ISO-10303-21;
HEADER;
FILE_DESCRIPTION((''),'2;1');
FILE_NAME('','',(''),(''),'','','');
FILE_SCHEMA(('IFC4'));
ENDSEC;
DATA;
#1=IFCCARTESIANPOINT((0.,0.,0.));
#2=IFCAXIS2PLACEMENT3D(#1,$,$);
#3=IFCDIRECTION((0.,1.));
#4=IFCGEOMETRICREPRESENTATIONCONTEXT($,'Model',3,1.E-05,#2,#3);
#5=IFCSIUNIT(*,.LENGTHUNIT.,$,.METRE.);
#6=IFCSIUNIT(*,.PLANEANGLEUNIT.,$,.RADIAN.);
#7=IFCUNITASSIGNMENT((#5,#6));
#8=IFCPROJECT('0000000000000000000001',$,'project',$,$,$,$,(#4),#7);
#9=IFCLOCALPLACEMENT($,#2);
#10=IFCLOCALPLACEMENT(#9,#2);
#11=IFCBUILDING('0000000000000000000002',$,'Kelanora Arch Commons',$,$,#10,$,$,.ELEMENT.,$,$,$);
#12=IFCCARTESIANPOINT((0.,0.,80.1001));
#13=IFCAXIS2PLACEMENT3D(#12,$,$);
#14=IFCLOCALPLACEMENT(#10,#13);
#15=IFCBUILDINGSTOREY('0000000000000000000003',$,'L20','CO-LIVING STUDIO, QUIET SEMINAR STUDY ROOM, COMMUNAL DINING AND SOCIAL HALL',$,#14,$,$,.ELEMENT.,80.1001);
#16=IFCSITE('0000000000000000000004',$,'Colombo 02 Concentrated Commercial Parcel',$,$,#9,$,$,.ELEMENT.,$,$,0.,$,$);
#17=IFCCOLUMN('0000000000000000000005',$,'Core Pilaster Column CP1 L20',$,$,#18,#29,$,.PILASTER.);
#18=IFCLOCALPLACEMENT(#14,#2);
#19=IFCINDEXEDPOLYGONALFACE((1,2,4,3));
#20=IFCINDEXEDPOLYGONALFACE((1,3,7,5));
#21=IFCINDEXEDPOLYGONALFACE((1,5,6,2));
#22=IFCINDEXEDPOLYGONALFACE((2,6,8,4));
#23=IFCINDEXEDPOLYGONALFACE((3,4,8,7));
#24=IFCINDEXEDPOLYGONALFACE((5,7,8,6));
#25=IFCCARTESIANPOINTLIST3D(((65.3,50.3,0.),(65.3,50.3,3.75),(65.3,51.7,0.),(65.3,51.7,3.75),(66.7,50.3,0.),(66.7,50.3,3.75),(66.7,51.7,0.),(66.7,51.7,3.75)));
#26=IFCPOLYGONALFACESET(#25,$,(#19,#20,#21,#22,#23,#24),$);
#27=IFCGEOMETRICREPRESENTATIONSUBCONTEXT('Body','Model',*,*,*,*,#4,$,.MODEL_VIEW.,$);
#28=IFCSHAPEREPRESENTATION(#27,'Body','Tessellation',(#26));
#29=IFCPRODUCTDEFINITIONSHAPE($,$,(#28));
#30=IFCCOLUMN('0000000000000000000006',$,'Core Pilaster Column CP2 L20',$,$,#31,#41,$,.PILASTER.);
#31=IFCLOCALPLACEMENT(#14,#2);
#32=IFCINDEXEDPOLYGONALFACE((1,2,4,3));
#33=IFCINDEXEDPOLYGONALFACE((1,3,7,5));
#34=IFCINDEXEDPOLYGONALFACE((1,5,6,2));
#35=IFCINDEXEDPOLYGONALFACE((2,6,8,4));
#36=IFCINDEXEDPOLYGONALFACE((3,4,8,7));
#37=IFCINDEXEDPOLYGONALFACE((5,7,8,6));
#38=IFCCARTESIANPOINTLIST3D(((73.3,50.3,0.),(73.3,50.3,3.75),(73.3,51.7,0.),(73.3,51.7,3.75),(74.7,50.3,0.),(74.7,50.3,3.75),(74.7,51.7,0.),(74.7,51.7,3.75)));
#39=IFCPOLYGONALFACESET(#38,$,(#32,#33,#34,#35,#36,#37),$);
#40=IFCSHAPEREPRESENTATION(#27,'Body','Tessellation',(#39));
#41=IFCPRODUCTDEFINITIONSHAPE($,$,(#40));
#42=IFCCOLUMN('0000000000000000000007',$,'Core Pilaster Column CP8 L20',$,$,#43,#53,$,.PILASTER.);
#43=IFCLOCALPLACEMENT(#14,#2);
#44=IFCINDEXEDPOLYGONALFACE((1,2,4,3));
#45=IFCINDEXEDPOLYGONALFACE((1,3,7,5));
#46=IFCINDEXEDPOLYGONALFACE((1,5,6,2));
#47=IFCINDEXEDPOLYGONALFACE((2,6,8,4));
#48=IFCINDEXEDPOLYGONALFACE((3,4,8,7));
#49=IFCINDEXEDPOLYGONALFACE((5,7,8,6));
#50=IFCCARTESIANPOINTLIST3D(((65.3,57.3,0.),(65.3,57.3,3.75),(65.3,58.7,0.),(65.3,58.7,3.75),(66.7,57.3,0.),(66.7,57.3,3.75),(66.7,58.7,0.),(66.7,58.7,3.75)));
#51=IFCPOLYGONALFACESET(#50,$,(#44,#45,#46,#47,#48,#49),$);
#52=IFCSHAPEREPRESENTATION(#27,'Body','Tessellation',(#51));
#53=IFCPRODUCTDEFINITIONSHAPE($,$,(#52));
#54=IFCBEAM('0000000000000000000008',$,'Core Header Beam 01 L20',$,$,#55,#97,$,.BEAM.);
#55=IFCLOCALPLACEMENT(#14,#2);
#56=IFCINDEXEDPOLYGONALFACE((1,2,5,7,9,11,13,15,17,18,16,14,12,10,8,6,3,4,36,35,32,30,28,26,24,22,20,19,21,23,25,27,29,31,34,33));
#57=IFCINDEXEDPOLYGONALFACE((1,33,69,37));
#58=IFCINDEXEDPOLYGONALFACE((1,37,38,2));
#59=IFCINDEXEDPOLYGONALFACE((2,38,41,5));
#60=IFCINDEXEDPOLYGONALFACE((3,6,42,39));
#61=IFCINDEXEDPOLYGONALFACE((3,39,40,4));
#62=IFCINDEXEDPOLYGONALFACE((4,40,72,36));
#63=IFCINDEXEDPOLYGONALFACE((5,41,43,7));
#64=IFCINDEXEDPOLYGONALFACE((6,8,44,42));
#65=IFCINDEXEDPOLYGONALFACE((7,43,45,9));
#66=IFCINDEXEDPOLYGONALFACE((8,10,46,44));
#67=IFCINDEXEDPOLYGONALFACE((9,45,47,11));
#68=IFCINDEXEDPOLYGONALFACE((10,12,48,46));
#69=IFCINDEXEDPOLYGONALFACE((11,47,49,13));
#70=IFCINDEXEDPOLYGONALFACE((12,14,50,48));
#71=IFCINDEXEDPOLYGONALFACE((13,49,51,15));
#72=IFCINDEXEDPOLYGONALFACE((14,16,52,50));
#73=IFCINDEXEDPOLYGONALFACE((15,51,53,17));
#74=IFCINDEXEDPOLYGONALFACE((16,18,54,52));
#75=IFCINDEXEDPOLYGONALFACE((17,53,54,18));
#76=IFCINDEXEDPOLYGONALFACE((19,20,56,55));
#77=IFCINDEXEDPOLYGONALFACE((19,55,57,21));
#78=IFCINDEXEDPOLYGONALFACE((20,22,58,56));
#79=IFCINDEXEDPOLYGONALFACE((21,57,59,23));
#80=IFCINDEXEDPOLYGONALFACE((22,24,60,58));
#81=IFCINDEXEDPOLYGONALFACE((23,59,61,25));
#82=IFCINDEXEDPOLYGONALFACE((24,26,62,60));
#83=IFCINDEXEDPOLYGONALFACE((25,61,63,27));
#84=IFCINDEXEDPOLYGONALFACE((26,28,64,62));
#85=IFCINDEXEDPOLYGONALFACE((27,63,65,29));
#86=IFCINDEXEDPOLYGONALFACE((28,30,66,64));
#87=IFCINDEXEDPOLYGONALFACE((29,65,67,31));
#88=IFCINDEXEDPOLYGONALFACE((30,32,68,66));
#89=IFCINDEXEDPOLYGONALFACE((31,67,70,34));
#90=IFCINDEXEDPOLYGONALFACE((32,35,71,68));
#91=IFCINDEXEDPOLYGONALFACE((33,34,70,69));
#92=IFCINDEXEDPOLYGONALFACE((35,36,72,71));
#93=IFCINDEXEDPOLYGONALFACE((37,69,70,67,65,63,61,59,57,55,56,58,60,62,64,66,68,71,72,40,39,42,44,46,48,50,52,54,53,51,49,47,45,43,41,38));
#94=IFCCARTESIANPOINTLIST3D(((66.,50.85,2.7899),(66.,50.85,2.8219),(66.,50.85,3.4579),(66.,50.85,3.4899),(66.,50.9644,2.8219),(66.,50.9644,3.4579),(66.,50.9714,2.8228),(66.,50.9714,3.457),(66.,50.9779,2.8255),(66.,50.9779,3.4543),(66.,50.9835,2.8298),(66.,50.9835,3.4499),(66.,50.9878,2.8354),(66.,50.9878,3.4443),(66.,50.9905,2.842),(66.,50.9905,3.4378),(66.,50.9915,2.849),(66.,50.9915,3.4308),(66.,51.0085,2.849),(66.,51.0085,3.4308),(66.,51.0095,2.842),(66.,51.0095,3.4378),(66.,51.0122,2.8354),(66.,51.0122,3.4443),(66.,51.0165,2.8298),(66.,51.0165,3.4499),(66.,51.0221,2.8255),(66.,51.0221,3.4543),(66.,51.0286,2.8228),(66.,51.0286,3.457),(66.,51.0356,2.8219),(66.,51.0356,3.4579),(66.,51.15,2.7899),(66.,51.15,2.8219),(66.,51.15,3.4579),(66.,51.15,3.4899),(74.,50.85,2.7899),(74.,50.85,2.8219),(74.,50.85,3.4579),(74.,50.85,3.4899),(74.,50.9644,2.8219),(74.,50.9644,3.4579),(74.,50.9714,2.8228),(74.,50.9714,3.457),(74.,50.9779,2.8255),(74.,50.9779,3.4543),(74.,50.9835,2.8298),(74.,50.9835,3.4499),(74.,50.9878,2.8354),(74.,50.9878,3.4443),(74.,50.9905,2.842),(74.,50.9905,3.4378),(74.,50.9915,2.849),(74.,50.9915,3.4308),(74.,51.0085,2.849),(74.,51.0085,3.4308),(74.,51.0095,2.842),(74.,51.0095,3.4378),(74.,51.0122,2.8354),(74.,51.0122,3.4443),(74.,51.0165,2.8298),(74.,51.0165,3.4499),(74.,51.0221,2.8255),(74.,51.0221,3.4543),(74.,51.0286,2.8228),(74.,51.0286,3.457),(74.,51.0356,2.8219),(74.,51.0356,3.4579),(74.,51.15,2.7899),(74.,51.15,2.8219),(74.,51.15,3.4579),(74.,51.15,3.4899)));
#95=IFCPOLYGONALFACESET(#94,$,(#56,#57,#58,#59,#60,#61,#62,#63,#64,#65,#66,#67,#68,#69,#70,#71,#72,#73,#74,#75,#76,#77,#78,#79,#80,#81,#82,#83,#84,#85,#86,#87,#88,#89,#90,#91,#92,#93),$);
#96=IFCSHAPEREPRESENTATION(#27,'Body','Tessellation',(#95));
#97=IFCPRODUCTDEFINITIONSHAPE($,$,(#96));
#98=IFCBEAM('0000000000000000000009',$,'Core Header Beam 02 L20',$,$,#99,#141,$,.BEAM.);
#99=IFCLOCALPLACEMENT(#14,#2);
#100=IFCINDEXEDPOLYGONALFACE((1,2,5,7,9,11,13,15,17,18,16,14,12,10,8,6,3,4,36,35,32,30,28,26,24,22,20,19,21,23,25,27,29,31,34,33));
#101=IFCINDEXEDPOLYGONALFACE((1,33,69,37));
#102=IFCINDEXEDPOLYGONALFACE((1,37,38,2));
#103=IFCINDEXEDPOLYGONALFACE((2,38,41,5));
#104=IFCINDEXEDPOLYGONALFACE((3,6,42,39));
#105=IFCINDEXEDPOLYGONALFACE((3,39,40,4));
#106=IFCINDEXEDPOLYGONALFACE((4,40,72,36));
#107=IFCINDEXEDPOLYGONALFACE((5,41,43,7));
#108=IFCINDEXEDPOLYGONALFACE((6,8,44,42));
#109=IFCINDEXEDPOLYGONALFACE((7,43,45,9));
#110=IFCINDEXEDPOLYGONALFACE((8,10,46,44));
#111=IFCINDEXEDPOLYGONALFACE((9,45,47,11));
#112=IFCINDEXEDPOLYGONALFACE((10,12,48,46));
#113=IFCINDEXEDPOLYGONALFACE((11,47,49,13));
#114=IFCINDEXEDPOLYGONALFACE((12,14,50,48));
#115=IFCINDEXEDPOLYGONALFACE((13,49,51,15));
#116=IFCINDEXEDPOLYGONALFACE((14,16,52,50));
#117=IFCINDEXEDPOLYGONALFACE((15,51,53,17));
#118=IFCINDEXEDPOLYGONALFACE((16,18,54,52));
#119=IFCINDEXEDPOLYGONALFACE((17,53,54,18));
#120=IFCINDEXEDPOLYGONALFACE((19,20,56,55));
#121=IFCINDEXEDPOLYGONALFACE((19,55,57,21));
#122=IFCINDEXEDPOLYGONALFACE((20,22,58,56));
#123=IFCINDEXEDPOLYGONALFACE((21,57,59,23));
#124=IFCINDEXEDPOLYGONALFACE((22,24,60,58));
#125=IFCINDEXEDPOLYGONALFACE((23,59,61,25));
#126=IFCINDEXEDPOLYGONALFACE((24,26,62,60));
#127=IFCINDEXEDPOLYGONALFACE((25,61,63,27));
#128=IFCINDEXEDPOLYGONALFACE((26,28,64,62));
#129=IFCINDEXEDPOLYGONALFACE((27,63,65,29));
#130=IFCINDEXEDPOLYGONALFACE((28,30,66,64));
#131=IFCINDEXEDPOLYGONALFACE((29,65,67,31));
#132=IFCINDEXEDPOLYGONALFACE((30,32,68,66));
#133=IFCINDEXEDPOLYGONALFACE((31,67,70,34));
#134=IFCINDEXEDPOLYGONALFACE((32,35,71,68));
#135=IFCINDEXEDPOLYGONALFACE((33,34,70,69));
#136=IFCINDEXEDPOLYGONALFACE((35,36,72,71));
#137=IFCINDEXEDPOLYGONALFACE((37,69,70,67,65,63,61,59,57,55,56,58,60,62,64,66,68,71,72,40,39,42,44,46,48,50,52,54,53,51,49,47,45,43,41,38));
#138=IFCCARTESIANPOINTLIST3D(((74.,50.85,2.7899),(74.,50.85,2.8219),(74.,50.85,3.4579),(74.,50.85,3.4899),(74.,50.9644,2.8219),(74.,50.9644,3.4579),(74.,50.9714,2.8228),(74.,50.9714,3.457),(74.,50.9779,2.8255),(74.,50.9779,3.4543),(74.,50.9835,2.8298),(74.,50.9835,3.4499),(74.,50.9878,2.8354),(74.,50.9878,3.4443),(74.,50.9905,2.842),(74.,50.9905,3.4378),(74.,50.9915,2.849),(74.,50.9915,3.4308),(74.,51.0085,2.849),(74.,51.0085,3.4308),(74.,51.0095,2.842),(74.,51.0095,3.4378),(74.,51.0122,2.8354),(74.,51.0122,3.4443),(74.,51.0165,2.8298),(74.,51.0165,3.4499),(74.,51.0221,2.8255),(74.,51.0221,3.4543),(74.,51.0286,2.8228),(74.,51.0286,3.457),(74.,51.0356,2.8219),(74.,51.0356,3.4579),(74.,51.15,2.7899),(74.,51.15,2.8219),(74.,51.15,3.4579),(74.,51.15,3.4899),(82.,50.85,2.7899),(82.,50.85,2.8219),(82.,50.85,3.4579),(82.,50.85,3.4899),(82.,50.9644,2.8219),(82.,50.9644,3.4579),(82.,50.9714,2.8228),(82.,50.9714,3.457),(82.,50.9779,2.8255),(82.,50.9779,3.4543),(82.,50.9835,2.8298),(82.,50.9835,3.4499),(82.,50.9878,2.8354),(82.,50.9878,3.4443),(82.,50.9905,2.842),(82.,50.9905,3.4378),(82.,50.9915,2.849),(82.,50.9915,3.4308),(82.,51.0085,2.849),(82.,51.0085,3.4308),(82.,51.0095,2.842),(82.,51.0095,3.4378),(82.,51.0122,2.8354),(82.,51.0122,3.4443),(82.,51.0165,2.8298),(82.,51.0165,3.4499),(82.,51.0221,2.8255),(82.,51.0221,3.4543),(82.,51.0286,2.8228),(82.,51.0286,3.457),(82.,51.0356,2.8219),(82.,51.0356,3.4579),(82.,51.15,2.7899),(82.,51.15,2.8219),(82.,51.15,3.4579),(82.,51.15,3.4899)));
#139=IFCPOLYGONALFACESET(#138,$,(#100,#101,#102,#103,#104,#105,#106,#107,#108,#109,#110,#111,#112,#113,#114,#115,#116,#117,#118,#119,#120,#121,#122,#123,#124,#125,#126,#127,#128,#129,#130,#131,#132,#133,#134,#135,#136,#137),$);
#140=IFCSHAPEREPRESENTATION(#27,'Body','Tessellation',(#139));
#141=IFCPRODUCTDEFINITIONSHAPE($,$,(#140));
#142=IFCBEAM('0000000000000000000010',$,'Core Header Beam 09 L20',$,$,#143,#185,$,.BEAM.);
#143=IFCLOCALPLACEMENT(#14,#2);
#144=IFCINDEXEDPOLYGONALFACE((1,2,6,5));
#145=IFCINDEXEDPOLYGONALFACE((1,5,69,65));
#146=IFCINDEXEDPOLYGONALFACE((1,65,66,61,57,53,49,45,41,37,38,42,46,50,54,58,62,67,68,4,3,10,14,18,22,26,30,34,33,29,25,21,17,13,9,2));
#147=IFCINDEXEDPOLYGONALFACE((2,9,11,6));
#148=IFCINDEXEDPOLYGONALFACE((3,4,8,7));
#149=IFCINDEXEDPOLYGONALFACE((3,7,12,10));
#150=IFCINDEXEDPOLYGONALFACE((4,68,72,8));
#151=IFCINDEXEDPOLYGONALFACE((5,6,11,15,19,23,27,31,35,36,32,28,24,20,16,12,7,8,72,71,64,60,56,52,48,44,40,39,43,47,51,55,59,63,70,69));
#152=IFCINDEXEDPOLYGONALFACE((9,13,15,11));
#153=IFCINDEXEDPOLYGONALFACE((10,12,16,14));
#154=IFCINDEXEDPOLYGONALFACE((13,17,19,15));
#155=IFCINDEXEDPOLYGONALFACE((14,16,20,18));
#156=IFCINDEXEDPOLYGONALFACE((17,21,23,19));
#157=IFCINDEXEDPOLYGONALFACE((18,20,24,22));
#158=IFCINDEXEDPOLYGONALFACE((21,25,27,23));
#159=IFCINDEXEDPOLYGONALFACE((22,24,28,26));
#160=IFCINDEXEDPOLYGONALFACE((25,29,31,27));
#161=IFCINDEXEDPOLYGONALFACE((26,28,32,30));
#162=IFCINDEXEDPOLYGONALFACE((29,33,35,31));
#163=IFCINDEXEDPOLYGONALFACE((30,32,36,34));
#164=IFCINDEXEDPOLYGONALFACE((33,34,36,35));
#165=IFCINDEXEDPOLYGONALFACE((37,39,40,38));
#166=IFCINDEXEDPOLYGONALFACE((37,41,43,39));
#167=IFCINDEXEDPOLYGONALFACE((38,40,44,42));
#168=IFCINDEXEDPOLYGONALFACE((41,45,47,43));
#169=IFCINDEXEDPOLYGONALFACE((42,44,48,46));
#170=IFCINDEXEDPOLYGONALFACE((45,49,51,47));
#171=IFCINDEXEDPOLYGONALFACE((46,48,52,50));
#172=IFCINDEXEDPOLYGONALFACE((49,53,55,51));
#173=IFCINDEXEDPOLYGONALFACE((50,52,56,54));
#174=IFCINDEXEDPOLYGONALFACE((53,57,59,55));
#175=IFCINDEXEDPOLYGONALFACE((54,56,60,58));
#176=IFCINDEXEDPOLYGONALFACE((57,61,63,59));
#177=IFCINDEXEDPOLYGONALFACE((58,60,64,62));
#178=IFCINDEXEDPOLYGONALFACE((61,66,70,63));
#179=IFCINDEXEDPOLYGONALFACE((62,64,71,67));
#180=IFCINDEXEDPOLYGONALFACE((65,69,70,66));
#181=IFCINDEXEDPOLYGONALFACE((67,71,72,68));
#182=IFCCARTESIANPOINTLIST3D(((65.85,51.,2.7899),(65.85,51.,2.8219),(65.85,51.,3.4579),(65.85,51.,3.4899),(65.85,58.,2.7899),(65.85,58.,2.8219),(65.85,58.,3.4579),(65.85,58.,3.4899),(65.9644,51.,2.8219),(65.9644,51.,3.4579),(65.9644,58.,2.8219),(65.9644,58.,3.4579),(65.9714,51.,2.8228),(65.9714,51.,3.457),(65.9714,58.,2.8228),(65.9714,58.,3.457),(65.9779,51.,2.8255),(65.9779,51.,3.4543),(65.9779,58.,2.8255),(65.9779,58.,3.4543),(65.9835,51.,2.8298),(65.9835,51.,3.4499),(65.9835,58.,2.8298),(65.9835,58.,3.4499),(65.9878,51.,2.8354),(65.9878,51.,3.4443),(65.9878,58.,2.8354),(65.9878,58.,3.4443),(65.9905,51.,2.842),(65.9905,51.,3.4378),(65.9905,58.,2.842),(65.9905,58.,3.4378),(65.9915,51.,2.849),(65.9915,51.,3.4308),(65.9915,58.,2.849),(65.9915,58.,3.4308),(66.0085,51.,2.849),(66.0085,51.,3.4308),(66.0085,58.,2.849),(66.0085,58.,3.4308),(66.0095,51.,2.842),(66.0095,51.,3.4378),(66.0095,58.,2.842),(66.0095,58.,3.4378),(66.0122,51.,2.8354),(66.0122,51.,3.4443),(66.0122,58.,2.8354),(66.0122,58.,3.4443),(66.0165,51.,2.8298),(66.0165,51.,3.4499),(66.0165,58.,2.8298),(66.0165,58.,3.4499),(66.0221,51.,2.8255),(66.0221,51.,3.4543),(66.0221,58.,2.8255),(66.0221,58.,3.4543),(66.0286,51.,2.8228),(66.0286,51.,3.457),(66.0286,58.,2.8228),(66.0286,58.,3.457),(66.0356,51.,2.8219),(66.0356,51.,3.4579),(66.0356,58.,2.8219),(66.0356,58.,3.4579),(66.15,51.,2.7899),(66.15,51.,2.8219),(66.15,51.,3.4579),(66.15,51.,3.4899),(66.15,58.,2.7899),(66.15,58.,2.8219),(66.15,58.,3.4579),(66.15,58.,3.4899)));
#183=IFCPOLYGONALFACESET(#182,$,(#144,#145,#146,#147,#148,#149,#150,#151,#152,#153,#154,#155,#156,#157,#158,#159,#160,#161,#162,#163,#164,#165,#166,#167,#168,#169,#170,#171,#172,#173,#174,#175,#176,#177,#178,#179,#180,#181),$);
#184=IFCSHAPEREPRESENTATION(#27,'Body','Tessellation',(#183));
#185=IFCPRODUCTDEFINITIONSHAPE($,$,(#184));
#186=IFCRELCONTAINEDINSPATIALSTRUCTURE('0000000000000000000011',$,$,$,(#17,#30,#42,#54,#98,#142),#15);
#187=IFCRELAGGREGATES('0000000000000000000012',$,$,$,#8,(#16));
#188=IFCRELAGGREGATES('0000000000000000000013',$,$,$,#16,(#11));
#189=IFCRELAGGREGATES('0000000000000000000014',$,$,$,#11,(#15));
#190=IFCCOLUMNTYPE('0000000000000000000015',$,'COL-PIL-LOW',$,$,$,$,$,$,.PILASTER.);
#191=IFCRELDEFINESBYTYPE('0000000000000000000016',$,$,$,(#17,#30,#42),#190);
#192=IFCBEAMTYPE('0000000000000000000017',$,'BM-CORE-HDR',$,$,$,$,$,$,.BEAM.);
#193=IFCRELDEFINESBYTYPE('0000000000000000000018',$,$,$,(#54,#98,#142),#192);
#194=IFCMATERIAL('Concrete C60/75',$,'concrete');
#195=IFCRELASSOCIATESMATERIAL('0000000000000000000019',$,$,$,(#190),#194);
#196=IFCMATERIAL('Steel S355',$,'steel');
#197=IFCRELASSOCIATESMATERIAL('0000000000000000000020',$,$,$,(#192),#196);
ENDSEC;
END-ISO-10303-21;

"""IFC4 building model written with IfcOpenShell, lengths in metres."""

from ifc_helpers import new_model, si_unit, direction, frame, origin, origin_2d, place, context, subcontext, project, spatial, rectangle, i_section, extrude, material, material_profile, profile_set, type_object, element, save


model = new_model("IFC4")

# Units and contexts
model_context = context("Model", 3, precision=1e-05, world=origin(), true_north=direction((0.0, 1.0)))
body_context = subcontext(model_context, "Body", "Model", "MODEL_VIEW")
ifc_project = project(units=[si_unit("LENGTHUNIT", "METRE"), si_unit("PLANEANGLEUNIT", "RADIAN")], contexts=[model_context])

# Site, building, storey
site_placement = place(None, origin())
site = spatial("IfcSite", under=ifc_project, at=site_placement, Name="Colombo 02 Concentrated Commercial Parcel", CompositionType="ELEMENT", RefElevation=0.0)
building_placement = place(site_placement, origin())
building = spatial("IfcBuilding", under=site, at=building_placement, Name="Kelanora Arch Commons", CompositionType="ELEMENT")
storey_placement = place(building_placement, frame((0.0, 0.0, 80.1001)))
storey = spatial("IfcBuildingStorey", under=building, at=storey_placement, Name="L20", Description="CO-LIVING STUDIO, QUIET SEMINAR STUDY ROOM, COMMUNAL DINING AND SOCIAL HALL", CompositionType="ELEMENT", Elevation=80.1001)

# Columns
ifc_material_1 = material(Name="Concrete C60/75", Category="concrete")
ifc_material_profile_1 = material_profile(ifc_material_1, rectangle(XDim=1.3999, YDim=1.3999, at=origin_2d()), Name="RC1400x1400")
ifc_profile_set_1 = profile_set([ifc_material_profile_1], Name="Concrete C60/75")
column_type = type_object("IfcColumnType", Name="COL-PIL-LOW", PredefinedType="PILASTER", material=ifc_profile_set_1)
for number, where, z_axis, x_axis, name in (
    (1, (66.0, 51.0, 0.0), (0.0, 0.0, 1.0), (1.0, 0.0, 0.0), "Core Pilaster Column CP1 L20"),
    (2, (74.0, 51.0, 0.0), (0.0, 0.0, 1.0), (1.0, 0.0, 0.0), "Core Pilaster Column CP2 L20"),
    (3, (66.0, 58.0, 0.0), (0.0, 0.0, 1.0), (1.0, 0.0, 0.0), "Core Pilaster Column CP8 L20"),
):
    element("IfcColumn", number, at=place(storey_placement, frame(where, z_axis=z_axis, x_axis=x_axis)), inside=storey, type_object=column_type, Name=name, PredefinedType="PILASTER", context=body_context, shape_type="SweptSolid", body=[
        extrude(rectangle(XDim=1.3999, YDim=1.3999, at=origin_2d()), origin(), (0.0, 0.0, 1.0), 3.75),
    ])

# Beams
ifc_material_2 = material(Name="Steel S355", Category="steel")
ifc_material_profile_2 = material_profile(ifc_material_2, i_section(OverallWidth=0.3, OverallDepth=0.7, WebThickness=0.0171, FlangeThickness=0.032, FilletRadius=0.0271, at=origin_2d()), Name="HEB700")
ifc_profile_set_2 = profile_set([ifc_material_profile_2], Name="Steel S355")
beam_type_1 = type_object("IfcBeamType", Name="BM-CORE-HDR", PredefinedType="BEAM", material=ifc_profile_set_2)
for number, where, z_axis, x_axis, name in (
    (4, (66.0, 51.0, 3.1399), (1.0, 0.0, 0.0), (0.0, 1.0, 0.0), "Core Header Beam 01 L20"),
    (5, (74.0, 51.0, 3.1399), (1.0, 0.0, 0.0), (0.0, 1.0, 0.0), "Core Header Beam 02 L20"),
):
    element("IfcBeam", number, at=place(storey_placement, frame(where, z_axis=z_axis, x_axis=x_axis)), inside=storey, type_object=beam_type_1, Name=name, PredefinedType="BEAM", context=body_context, shape_type="SweptSolid", body=[
        extrude(i_section(OverallWidth=0.3, OverallDepth=0.7, WebThickness=0.0171, FlangeThickness=0.032, FilletRadius=0.0271, at=origin_2d()), origin(), (0.0, 0.0, 1.0), 8.0),
    ])
beam_1_placement = place(storey_placement, frame((66.0, 58.0, 3.1399), z_axis=(0.0, -1.0, 0.0), x_axis=(1.0, 0.0, 0.0)))
element("IfcBeam", 6, at=beam_1_placement, inside=storey, type_object=beam_type_1, Name="Core Header Beam 09 L20", PredefinedType="BEAM", context=body_context, shape_type="SweptSolid", body=[
    extrude(i_section(OverallWidth=0.3, OverallDepth=0.7, WebThickness=0.0171, FlangeThickness=0.032, FilletRadius=0.0271, at=origin_2d()), origin(), (0.0, 0.0, 1.0), 7.0),
])

save(model, "model.ifc")
